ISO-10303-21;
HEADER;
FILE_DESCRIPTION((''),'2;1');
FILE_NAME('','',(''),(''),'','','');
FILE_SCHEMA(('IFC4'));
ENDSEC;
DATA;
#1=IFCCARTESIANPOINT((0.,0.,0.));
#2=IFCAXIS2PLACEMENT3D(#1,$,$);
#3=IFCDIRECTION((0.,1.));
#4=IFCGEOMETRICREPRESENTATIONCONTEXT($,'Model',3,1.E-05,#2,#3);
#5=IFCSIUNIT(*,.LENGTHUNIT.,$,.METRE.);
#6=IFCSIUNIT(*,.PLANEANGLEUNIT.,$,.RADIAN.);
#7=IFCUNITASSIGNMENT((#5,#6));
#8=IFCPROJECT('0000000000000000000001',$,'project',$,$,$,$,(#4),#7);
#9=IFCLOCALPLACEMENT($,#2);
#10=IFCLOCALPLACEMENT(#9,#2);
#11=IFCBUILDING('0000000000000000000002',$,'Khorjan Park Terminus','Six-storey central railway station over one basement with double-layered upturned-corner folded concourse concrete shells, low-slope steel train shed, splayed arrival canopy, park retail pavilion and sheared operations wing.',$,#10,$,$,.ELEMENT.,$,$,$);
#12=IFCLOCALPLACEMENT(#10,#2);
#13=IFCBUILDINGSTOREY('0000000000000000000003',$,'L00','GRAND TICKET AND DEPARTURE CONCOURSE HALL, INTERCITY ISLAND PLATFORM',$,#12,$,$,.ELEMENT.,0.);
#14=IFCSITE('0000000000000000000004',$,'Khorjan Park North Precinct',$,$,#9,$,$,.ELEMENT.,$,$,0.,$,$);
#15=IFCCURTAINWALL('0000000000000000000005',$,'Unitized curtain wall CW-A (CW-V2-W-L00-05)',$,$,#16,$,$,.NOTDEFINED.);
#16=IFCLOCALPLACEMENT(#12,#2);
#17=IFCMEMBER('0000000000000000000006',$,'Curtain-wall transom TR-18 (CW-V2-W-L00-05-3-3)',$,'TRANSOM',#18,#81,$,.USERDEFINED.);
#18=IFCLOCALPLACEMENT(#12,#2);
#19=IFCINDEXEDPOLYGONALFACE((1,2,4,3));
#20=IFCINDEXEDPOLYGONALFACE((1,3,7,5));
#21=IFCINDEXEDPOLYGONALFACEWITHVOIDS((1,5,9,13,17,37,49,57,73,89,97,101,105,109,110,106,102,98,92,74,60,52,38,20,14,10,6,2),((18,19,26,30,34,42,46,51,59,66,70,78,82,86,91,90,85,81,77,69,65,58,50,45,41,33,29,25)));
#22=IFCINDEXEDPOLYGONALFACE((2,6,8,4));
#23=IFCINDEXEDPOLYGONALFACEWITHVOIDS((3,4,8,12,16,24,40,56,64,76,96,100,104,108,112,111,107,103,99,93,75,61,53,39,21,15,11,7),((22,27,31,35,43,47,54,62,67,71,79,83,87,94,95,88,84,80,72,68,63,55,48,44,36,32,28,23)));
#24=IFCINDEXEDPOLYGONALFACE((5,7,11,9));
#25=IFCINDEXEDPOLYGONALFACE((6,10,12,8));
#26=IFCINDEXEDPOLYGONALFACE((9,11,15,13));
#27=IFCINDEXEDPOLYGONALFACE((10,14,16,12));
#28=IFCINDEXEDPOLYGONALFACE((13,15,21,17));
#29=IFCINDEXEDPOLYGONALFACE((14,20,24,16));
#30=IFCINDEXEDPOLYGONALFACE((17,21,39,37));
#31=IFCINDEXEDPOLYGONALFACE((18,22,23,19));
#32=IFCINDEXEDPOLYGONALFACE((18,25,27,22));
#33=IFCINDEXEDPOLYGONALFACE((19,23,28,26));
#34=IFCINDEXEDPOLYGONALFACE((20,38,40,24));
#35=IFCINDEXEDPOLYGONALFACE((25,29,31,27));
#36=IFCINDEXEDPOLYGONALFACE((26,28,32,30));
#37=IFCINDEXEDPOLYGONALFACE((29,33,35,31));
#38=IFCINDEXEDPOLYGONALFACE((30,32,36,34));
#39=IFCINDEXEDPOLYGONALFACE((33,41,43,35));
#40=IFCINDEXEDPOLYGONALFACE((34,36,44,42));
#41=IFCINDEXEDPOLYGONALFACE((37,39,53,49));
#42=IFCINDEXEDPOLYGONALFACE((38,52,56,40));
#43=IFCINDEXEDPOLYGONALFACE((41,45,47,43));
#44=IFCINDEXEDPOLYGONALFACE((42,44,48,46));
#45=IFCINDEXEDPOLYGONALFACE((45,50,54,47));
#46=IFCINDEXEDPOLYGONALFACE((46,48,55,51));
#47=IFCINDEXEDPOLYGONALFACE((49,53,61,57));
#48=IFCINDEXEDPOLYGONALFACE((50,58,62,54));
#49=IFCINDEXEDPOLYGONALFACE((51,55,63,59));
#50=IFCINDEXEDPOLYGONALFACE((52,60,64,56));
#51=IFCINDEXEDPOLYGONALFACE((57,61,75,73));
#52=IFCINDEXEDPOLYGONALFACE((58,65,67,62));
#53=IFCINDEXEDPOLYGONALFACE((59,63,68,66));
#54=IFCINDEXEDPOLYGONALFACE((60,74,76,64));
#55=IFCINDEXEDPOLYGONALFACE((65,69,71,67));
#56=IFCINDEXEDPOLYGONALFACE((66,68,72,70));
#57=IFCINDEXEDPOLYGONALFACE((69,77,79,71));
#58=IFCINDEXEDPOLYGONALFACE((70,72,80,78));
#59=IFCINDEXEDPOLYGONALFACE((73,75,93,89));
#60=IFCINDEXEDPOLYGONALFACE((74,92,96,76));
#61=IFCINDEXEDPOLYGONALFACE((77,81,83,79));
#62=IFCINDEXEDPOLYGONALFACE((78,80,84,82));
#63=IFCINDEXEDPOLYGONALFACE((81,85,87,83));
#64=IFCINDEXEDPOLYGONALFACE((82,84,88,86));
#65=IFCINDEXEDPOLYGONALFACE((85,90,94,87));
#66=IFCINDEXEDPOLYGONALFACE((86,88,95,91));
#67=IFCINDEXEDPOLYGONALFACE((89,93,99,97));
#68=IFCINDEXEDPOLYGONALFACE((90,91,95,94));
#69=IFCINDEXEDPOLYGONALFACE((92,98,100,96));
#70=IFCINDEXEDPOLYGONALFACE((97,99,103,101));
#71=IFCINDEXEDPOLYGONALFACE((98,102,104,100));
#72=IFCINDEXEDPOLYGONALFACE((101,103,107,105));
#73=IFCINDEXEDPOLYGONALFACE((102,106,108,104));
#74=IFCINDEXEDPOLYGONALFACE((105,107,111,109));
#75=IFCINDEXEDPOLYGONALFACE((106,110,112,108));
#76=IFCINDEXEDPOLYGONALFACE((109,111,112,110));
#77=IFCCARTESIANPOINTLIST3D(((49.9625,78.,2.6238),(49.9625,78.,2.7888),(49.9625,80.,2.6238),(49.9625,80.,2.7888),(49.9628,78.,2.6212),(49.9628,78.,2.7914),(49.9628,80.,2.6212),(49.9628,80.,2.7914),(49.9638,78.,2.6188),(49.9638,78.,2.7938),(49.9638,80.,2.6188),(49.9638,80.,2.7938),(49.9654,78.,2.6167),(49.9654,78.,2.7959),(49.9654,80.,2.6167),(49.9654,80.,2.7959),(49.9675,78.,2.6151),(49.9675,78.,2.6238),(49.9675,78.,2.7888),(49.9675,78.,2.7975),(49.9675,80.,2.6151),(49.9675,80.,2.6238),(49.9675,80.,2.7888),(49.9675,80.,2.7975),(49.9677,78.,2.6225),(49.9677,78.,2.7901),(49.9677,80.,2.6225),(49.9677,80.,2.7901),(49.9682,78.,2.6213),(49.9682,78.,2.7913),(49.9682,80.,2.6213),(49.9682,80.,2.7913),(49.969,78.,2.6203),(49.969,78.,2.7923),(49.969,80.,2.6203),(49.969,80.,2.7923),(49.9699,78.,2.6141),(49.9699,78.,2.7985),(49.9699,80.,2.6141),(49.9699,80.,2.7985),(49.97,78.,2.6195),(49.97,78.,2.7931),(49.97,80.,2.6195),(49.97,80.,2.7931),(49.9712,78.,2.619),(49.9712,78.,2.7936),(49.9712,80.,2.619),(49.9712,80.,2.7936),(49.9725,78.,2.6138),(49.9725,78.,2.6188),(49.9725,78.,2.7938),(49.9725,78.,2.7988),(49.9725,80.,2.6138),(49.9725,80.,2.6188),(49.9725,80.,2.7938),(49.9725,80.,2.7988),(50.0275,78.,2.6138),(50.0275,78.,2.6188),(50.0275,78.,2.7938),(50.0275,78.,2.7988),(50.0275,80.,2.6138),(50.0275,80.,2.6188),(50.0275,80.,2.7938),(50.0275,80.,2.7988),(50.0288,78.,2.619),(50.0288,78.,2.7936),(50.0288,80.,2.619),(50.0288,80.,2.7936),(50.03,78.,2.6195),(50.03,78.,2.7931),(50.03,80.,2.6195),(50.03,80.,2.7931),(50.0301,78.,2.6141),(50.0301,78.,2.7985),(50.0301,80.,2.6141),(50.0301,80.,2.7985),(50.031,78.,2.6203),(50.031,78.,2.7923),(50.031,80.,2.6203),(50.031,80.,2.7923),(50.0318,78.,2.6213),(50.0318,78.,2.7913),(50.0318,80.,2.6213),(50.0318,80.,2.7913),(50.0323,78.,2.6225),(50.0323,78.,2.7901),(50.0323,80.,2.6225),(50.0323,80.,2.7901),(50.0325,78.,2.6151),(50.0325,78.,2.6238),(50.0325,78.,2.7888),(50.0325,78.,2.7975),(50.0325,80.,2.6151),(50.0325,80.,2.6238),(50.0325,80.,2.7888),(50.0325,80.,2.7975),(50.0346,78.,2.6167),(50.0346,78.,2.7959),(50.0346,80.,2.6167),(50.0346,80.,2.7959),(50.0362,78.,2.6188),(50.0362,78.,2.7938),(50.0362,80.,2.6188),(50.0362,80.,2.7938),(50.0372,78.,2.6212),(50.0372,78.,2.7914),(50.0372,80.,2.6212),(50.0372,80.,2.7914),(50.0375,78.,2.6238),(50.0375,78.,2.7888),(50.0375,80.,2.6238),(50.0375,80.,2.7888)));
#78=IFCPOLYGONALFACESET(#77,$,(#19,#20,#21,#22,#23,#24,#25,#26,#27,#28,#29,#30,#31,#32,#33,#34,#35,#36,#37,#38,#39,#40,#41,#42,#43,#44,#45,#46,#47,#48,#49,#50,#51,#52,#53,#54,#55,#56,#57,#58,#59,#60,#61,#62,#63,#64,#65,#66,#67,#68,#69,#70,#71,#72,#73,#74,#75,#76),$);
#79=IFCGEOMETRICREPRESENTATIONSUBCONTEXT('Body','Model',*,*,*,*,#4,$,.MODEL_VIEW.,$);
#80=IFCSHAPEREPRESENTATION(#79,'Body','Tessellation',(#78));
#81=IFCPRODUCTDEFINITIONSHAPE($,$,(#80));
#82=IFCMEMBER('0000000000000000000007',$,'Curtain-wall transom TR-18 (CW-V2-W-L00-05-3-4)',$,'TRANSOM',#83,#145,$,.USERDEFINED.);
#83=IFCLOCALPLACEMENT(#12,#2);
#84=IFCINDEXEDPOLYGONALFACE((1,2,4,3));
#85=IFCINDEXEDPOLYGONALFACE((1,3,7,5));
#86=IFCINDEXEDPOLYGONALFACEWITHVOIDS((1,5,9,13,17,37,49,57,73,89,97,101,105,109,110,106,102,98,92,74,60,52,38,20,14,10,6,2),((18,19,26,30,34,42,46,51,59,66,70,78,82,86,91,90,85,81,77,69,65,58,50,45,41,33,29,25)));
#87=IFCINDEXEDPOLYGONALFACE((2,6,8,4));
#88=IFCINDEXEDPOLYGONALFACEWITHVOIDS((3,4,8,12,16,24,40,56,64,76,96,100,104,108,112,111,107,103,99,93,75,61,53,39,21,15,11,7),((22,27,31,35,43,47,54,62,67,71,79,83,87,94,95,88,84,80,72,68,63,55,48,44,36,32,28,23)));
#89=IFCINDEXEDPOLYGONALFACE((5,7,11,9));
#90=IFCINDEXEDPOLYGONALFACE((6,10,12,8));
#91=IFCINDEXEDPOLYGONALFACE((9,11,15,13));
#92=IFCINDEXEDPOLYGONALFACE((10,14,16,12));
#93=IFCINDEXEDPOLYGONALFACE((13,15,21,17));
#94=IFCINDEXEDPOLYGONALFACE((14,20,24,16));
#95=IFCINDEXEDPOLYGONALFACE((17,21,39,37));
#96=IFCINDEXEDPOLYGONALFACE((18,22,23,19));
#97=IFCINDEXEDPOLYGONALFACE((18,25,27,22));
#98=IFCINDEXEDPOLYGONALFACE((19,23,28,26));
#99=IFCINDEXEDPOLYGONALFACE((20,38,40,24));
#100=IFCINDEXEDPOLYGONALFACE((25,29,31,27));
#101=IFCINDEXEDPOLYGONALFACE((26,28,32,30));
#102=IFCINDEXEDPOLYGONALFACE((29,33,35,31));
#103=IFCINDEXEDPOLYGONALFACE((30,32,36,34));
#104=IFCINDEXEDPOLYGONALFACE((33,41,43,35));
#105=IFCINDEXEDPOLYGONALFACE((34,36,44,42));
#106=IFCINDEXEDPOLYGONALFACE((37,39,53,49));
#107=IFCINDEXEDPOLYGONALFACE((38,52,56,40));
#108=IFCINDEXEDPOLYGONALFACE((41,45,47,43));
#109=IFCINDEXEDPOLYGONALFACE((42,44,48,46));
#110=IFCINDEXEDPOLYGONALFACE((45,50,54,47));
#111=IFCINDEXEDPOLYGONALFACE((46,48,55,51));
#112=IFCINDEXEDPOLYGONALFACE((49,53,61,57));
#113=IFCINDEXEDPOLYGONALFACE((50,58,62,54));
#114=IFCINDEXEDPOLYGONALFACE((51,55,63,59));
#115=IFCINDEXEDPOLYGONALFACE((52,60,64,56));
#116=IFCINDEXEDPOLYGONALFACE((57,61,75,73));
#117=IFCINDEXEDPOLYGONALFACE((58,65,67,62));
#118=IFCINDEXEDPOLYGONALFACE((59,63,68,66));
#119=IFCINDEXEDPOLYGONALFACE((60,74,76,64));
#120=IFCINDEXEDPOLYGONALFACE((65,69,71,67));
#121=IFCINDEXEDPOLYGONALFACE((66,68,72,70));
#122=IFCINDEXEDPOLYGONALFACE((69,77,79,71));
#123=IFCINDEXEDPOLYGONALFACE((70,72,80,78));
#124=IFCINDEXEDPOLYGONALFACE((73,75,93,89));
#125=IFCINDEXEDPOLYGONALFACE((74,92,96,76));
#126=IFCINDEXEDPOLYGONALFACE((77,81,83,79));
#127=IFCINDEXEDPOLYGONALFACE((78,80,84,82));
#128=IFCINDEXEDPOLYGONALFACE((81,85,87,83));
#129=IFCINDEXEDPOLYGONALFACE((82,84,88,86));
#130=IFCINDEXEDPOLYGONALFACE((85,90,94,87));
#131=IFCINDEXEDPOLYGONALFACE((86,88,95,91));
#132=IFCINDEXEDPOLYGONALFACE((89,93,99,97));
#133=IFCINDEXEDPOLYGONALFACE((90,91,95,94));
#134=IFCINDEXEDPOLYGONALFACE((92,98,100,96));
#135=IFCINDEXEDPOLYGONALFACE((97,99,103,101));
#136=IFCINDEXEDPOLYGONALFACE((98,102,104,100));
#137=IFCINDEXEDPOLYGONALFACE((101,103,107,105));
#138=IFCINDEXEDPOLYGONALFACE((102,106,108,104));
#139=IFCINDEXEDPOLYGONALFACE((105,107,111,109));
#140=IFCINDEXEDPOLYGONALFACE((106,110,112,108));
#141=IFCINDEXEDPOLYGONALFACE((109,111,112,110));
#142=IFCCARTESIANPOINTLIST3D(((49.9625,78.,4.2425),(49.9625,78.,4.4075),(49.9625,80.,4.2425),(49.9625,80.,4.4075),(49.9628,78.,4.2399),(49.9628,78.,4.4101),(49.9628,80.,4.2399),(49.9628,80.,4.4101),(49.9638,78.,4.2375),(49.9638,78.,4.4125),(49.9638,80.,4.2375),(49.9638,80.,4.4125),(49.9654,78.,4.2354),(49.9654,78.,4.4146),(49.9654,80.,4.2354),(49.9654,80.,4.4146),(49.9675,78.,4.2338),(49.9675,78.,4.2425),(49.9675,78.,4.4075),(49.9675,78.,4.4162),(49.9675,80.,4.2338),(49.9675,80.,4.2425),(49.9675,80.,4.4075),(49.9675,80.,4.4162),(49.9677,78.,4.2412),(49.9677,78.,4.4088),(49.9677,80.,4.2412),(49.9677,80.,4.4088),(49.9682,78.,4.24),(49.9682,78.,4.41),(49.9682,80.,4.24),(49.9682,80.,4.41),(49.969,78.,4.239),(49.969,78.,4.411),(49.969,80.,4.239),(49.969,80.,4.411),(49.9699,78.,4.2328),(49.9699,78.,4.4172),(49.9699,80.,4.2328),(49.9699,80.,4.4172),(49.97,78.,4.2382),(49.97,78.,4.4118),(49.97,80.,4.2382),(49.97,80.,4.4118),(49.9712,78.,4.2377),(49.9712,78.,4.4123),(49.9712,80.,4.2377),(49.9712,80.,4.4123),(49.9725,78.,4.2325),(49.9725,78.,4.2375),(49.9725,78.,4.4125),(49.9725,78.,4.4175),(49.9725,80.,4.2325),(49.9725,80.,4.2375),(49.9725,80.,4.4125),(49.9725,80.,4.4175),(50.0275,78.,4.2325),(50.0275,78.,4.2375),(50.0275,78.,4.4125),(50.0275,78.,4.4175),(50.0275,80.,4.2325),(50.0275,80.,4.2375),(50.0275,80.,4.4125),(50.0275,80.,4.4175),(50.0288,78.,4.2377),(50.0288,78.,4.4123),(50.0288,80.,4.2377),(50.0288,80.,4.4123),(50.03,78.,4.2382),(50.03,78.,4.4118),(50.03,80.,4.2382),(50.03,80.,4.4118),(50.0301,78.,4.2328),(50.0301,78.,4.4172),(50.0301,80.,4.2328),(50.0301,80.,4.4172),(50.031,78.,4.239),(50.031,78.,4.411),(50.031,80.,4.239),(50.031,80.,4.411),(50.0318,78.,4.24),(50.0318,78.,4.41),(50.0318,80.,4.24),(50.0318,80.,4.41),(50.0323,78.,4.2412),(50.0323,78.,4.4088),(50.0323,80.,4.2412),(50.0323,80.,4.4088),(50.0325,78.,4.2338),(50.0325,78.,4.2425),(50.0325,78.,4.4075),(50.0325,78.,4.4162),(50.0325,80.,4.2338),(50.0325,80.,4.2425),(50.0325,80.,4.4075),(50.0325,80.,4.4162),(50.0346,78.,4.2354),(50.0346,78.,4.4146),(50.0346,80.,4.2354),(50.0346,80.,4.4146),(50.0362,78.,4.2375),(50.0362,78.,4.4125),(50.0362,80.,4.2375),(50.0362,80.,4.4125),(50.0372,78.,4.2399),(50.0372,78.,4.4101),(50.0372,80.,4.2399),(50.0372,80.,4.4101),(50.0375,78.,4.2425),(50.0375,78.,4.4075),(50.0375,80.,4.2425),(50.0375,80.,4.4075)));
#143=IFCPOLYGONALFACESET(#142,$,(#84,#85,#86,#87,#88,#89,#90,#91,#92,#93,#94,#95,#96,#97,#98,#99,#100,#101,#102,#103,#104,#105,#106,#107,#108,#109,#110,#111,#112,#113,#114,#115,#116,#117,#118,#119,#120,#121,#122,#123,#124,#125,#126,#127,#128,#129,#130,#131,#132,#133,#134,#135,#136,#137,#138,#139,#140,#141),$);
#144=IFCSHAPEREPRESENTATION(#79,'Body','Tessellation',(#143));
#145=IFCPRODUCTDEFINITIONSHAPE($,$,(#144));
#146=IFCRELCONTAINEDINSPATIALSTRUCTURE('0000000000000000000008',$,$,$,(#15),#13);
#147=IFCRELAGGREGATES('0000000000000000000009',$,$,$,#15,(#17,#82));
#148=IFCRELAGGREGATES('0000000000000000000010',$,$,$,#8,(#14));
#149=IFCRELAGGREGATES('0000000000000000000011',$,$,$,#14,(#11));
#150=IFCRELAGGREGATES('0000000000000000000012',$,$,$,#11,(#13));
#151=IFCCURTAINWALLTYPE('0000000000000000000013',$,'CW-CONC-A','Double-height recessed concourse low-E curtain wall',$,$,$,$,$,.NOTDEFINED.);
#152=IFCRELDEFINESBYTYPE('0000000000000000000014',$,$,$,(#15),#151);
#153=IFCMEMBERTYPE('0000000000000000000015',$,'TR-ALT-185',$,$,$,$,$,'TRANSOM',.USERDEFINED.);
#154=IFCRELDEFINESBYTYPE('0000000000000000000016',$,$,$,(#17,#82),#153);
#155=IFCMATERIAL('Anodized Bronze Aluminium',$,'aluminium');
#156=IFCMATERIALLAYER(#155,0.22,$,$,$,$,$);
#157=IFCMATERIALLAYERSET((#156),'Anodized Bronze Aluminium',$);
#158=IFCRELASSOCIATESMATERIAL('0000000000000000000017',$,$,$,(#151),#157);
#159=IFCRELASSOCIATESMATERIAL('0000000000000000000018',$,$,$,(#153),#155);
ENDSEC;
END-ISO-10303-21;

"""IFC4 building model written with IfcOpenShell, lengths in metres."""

from ifc_helpers import new_model, si_unit, direction, frame, origin, origin_2d, place, context, subcontext, project, spatial, hollow_rectangle, extrude, material, layer, layer_set, material_profile, profile_set, type_object, element, aggregate, save


model = new_model("IFC4")

# Units and contexts
model_context = context("Model", 3, precision=1e-05, world=origin(), true_north=direction((0.0, 1.0)))
body_context = subcontext(model_context, "Body", "Model", "MODEL_VIEW")
ifc_project = project(units=[si_unit("LENGTHUNIT", "METRE"), si_unit("PLANEANGLEUNIT", "RADIAN")], contexts=[model_context])

# Site, building, storey
site_placement = place(None, origin())
site = spatial("IfcSite", under=ifc_project, at=site_placement, Name="Khorjan Park North Precinct", CompositionType="ELEMENT", RefElevation=0.0)
building_placement = place(site_placement, origin())
building = spatial("IfcBuilding", under=site, at=building_placement, Name="Khorjan Park Terminus", Description="Six-storey central railway station over one basement with double-layered upturned-corner folded concourse concrete shells, low-slope steel train shed, splayed arrival canopy, park retail pavilion and sheared operations wing.", CompositionType="ELEMENT")
storey_placement = place(building_placement, origin())
storey = spatial("IfcBuildingStorey", under=building, at=storey_placement, Name="L00", Description="GRAND TICKET AND DEPARTURE CONCOURSE HALL, INTERCITY ISLAND PLATFORM", CompositionType="ELEMENT", Elevation=0.0)

# Curtain wall, members
ifc_material_1 = material(Name="Anodized Bronze Aluminium", Category="aluminium")
ifc_layer_1 = layer(ifc_material_1, 0.22)
ifc_layer_set_1 = layer_set([ifc_layer_1], Name="Anodized Bronze Aluminium")
curtain_wall_type = type_object("IfcCurtainWallType", Name="CW-CONC-A", Description="Double-height recessed concourse low-E curtain wall", PredefinedType="NOTDEFINED", material=ifc_layer_set_1)
curtain_wall_placement = place(storey_placement, origin())
curtain_wall = element("IfcCurtainWall", 1, at=curtain_wall_placement, inside=storey, type_object=curtain_wall_type, Name="Unitized curtain wall CW-A (CW-V2-W-L00-05)", PredefinedType="NOTDEFINED")
ifc_material_profile_1 = material_profile(ifc_material_1, hollow_rectangle(XDim=0.075, YDim=0.185, WallThickness=0.005, InnerFilletRadius=0.005, OuterFilletRadius=0.01, at=origin_2d()), Name="ALT 75x185x5")
ifc_profile_set_1 = profile_set([ifc_material_profile_1], Name="Anodized Bronze Aluminium")
member_type_1 = type_object("IfcMemberType", Name="TR-ALT-185", ElementType="TRANSOM", PredefinedType="USERDEFINED", material=ifc_profile_set_1)
member_1_placement = place(storey_placement, frame((50.0, 80.0, 2.7063), z_axis=(0.0, -1.0, 0.0), x_axis=(1.0, 0.0, 0.0)))
member_1 = element("IfcMember", 2, at=member_1_placement, type_object=member_type_1, Name="Curtain-wall transom TR-18 (CW-V2-W-L00-05-3-3)", ObjectType="TRANSOM", PredefinedType="USERDEFINED", context=body_context, shape_type="SweptSolid", body=[
    extrude(hollow_rectangle(XDim=0.075, YDim=0.185, WallThickness=0.005, InnerFilletRadius=0.005, OuterFilletRadius=0.01, at=origin_2d()), origin(), (0.0, 0.0, 1.0), 2.0),
])
member_2_placement = place(storey_placement, frame((50.0, 80.0, 4.325), z_axis=(0.0, -1.0, 0.0), x_axis=(1.0, 0.0, 0.0)))
member_2 = element("IfcMember", 3, at=member_2_placement, type_object=member_type_1, Name="Curtain-wall transom TR-18 (CW-V2-W-L00-05-3-4)", ObjectType="TRANSOM", PredefinedType="USERDEFINED", context=body_context, shape_type="SweptSolid", body=[
    extrude(hollow_rectangle(XDim=0.075, YDim=0.185, WallThickness=0.005, InnerFilletRadius=0.005, OuterFilletRadius=0.01, at=origin_2d()), origin(), (0.0, 0.0, 1.0), 2.0),
])
aggregate(curtain_wall, [member_1, member_2])

save(model, "model.ifc")
